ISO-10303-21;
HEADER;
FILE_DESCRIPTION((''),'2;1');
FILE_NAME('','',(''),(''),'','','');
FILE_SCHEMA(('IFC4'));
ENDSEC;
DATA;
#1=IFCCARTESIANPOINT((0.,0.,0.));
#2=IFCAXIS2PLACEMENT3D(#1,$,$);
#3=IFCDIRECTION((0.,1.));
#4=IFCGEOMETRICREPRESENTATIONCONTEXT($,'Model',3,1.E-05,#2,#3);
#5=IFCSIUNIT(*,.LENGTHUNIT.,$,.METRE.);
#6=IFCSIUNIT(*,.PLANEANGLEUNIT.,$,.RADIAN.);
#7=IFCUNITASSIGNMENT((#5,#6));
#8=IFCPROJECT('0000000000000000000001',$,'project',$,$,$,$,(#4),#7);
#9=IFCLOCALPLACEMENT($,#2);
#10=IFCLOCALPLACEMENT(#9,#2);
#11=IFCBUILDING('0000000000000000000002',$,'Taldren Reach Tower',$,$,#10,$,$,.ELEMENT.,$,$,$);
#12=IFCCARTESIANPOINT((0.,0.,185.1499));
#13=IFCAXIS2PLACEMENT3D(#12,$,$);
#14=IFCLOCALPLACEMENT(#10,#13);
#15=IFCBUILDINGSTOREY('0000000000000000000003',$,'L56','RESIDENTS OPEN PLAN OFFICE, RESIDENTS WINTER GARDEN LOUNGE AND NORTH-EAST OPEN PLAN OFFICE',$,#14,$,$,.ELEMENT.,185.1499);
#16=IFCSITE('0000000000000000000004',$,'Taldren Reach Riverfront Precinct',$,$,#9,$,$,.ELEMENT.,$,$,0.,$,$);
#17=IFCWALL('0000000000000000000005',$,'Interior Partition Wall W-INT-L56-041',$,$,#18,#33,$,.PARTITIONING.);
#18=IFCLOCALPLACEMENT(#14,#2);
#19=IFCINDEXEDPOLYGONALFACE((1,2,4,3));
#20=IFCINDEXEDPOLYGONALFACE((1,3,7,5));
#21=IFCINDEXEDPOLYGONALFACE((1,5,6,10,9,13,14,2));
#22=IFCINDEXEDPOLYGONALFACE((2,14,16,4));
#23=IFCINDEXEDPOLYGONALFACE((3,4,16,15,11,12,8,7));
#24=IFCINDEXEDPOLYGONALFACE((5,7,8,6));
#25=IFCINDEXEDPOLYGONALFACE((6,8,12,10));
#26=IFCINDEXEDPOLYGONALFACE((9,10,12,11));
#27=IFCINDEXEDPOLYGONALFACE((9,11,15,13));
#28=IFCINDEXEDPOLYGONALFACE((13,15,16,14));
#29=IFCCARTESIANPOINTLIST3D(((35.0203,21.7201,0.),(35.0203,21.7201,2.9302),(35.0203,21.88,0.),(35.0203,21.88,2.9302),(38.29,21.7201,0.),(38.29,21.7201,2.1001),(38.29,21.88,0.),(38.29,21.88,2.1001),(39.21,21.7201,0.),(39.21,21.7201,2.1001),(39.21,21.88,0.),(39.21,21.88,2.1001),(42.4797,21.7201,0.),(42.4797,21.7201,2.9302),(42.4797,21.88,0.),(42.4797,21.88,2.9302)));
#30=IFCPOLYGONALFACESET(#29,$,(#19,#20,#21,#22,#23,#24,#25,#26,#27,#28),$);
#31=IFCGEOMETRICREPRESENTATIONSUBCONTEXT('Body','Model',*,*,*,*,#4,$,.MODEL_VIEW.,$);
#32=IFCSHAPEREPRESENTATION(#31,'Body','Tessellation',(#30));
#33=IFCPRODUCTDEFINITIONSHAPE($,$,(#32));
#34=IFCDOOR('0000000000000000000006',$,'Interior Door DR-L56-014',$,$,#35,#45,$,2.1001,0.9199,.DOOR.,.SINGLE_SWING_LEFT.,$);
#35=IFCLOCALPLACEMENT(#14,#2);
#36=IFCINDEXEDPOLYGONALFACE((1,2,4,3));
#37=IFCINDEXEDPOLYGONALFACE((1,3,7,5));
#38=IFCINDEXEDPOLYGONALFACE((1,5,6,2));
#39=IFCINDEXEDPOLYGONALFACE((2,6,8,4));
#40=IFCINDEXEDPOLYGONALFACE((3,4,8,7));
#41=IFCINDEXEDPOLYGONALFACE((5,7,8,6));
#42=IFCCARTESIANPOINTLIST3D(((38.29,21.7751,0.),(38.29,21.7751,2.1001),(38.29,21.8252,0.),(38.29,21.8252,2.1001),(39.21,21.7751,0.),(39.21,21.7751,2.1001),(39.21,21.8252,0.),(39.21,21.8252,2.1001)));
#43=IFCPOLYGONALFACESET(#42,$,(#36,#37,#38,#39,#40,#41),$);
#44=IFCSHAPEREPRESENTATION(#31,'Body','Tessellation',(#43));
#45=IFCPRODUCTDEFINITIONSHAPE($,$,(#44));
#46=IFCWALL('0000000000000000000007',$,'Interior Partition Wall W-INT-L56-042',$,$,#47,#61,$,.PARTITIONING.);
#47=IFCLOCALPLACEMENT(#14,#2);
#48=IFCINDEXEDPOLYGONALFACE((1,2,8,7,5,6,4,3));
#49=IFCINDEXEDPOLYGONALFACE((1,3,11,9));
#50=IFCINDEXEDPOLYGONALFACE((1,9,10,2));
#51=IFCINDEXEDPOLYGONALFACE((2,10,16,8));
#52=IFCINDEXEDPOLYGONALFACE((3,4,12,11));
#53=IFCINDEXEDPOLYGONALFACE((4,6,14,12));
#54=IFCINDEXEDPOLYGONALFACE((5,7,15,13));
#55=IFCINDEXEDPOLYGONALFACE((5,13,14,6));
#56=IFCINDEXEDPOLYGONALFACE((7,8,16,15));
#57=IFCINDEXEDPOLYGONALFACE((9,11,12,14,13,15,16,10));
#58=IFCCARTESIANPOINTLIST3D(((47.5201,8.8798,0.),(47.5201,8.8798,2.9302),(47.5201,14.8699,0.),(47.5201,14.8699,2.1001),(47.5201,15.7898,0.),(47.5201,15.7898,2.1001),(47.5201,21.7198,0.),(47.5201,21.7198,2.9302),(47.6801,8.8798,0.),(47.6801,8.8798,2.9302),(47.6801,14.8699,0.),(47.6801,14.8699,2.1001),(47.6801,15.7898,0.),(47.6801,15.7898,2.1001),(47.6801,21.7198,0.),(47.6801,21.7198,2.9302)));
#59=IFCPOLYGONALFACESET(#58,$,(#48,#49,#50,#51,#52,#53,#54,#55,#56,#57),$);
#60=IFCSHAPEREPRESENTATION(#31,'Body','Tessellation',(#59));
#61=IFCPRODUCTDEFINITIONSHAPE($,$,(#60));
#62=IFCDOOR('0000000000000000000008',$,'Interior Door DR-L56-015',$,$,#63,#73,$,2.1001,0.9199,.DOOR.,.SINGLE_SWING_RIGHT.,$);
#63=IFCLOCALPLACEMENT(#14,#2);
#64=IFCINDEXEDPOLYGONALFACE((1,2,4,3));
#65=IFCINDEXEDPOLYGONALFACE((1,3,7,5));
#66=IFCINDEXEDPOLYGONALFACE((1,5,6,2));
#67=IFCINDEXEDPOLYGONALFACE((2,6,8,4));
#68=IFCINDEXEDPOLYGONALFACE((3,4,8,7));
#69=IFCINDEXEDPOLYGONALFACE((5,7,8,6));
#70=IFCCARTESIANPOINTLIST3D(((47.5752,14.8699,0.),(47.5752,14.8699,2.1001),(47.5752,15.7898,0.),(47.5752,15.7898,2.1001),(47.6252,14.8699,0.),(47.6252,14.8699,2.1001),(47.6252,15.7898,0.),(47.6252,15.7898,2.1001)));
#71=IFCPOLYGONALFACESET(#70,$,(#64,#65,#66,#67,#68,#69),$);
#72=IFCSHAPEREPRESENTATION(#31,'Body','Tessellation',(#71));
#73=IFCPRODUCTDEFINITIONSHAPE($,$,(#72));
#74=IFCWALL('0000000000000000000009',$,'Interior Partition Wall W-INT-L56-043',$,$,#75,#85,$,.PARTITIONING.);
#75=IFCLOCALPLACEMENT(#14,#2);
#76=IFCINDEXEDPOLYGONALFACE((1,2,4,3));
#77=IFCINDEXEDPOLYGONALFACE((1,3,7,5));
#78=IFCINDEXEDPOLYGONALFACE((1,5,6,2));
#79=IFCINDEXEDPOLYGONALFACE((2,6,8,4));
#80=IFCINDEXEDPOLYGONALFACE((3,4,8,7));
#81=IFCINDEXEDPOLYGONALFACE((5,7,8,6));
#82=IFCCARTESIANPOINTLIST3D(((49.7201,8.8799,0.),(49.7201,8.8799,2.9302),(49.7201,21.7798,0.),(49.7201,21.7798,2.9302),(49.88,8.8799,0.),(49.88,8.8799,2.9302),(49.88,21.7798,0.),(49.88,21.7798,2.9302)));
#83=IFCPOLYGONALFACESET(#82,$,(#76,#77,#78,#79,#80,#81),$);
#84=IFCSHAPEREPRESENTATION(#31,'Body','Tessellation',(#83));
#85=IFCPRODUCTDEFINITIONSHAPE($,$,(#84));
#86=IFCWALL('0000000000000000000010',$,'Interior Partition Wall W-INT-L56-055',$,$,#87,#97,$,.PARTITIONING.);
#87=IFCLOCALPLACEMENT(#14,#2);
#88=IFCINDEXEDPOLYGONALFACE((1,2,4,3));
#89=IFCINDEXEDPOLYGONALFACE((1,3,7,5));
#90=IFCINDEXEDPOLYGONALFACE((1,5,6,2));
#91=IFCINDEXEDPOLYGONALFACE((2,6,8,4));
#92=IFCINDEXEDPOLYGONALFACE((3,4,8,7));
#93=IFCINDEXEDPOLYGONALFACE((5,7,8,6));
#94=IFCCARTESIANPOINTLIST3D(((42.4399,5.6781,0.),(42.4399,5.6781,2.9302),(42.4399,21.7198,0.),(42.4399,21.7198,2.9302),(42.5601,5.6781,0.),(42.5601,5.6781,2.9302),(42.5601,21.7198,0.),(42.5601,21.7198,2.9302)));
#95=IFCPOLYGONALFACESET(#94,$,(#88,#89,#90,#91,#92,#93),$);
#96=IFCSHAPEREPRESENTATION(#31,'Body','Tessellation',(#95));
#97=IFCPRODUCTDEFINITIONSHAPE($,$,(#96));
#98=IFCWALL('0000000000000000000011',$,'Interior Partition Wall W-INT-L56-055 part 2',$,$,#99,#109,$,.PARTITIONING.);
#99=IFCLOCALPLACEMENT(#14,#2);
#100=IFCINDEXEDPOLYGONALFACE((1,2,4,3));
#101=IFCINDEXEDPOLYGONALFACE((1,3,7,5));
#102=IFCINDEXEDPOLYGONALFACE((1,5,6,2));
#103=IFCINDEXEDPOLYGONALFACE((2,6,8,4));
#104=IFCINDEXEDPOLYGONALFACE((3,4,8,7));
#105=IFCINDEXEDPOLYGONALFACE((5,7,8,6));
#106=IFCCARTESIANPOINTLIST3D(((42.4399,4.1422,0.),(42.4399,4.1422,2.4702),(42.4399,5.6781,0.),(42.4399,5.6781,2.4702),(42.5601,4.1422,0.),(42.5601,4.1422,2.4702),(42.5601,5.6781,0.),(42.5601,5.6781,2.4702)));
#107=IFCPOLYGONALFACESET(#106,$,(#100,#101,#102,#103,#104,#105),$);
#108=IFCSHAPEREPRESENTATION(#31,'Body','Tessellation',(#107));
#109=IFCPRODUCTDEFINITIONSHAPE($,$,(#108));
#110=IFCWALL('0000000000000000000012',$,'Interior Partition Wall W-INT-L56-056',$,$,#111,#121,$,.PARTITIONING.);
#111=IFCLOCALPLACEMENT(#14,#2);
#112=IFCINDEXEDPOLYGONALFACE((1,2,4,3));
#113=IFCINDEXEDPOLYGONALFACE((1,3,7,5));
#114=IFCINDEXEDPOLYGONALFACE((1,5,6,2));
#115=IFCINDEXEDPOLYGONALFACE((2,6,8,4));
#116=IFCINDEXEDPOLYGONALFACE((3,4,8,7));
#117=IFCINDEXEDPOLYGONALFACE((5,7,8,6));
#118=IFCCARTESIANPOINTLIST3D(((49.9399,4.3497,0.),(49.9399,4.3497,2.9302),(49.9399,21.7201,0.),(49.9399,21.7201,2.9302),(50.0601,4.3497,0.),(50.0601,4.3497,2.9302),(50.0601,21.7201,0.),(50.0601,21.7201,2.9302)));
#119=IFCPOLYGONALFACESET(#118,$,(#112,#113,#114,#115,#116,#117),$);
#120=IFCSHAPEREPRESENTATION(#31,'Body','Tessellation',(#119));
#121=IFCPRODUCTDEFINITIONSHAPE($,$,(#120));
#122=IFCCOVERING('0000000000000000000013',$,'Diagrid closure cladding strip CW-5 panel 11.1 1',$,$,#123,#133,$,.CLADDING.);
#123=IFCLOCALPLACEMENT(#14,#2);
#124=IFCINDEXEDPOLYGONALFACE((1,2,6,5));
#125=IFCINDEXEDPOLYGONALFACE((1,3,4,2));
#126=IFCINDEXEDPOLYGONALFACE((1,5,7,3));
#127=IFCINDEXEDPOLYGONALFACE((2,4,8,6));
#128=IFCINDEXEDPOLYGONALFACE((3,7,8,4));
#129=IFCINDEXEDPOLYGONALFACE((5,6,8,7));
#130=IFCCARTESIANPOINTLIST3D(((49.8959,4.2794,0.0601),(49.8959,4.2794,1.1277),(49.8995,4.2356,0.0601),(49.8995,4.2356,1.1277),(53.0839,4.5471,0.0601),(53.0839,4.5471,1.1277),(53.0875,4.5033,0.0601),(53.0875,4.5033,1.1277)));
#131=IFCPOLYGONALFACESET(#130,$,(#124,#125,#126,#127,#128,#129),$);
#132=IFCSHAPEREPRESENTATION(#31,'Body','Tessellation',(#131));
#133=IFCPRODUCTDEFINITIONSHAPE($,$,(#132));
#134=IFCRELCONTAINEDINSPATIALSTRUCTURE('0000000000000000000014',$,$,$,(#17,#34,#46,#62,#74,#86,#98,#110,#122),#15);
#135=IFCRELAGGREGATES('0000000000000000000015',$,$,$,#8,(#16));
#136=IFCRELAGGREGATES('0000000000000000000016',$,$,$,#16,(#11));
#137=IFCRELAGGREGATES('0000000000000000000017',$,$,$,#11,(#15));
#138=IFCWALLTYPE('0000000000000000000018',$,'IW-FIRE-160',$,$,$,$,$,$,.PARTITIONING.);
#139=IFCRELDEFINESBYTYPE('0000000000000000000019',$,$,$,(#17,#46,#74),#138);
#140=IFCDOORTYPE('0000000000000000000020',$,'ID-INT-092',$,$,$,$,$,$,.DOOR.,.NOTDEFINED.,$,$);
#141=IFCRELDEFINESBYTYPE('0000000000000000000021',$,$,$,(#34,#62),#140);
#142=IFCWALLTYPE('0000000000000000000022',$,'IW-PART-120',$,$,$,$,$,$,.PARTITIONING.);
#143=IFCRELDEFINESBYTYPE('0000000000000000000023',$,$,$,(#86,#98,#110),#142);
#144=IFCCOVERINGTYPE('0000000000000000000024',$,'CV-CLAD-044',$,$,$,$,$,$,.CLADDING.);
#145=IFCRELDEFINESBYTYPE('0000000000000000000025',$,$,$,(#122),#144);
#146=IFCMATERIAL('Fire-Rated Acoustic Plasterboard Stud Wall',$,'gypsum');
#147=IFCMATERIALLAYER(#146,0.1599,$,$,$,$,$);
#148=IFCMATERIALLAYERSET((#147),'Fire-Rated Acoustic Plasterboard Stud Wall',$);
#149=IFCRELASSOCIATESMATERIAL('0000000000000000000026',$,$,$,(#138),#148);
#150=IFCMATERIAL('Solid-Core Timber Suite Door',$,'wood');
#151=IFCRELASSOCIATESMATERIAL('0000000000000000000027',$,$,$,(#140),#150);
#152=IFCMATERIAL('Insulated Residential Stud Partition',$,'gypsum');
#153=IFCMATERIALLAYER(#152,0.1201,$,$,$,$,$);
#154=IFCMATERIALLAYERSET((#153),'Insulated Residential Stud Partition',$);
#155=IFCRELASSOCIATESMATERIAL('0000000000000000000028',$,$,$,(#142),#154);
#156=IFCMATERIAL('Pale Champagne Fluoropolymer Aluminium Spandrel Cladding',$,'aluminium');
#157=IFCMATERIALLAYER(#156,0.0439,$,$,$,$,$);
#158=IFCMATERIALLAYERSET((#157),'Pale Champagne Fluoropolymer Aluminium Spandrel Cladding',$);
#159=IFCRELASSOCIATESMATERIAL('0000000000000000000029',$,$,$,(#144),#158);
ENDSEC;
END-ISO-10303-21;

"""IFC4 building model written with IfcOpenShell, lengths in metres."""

from ifc_helpers import new_model, si_unit, direction, frame, frame_2d, origin, origin_2d, place, context, subcontext, project, spatial, rectangle, extrude, source, transform, mapped, material, layer, layer_set, type_object, element, fill, save


model = new_model("IFC4")

# Units and contexts
model_context = context("Model", 3, precision=1e-05, world=origin(), true_north=direction((0.0, 1.0)))
body_context = subcontext(model_context, "Body", "Model", "MODEL_VIEW")
ifc_project = project(units=[si_unit("LENGTHUNIT", "METRE"), si_unit("PLANEANGLEUNIT", "RADIAN")], contexts=[model_context])

# Site, building, storey
site_placement = place(None, origin())
site = spatial("IfcSite", under=ifc_project, at=site_placement, Name="Taldren Reach Riverfront Precinct", CompositionType="ELEMENT", RefElevation=0.0)
building_placement = place(site_placement, origin())
building = spatial("IfcBuilding", under=site, at=building_placement, Name="Taldren Reach Tower", CompositionType="ELEMENT")
storey_placement = place(building_placement, frame((0.0, 0.0, 185.1499)))
storey = spatial("IfcBuildingStorey", under=building, at=storey_placement, Name="L56", Description="RESIDENTS OPEN PLAN OFFICE, RESIDENTS WINTER GARDEN LOUNGE AND NORTH-EAST OPEN PLAN OFFICE", CompositionType="ELEMENT", Elevation=185.1499)

# Shared definitions
ifc_material_1 = material(Name="Fire-Rated Acoustic Plasterboard Stud Wall", Category="gypsum")
ifc_layer_1 = layer(ifc_material_1, 0.1599)
ifc_layer_set_1 = layer_set([ifc_layer_1], Name="Fire-Rated Acoustic Plasterboard Stud Wall")
wall_type_1 = type_object("IfcWallType", Name="IW-FIRE-160", PredefinedType="PARTITIONING", material=ifc_layer_set_1)

# Walls, openings, doors
shared_shape_1 = source(origin(), body_context, "Body", "SweptSolid", [
    extrude(rectangle(XDim=7.4595, YDim=0.1599, at=frame_2d((3.7297, 0.0))), origin(), (0.0, 0.0, 1.0), 2.9302),
])
wall_1_placement = place(storey_placement, frame((42.4797, 21.8, 0.0), z_axis=(0.0, 0.0, 1.0), x_axis=(-1.0, 0.0, 0.0)))
wall_1 = element("IfcWall", 1, at=wall_1_placement, inside=storey, type_object=wall_type_1, Name="Interior Partition Wall W-INT-L56-041", PredefinedType="PARTITIONING", context=body_context, shape_type="MappedRepresentation", body=[
    mapped(shared_shape_1, transform((0.0, 0.0, 0.0), scale=1.0)),
])
shared_shape_2 = source(origin(), body_context, "Body", "SweptSolid", [
    extrude(rectangle(XDim=0.9199, YDim=2.1001, at=frame_2d((0.46, 1.05))), frame((0.0, 0.0898, 0.0), z_axis=(0.0, -1.0, 0.0), x_axis=(1.0, 0.0, 0.0)), (0.0, 0.0, 1.0), 0.1799),
])
opening_1_placement = place(wall_1_placement, frame((3.2698, 0.0, 0.0)))
opening_1 = element("IfcOpeningElement", 2, at=opening_1_placement, cuts=wall_1, PredefinedType="OPENING", context=body_context, shape_type="MappedRepresentation", body=[
    mapped(shared_shape_2, transform((0.0, 0.0, 0.0), scale=1.0)),
])
ifc_material_2 = material(Name="Solid-Core Timber Suite Door", Category="wood")
door_type = type_object("IfcDoorType", Name="ID-INT-092", OperationType="NOTDEFINED", PredefinedType="DOOR", material=ifc_material_2)
shared_shape_3 = source(origin(), body_context, "Body", "SweptSolid", [
    extrude(rectangle(XDim=0.9199, YDim=2.1001, at=frame_2d((0.46, 1.05))), frame((0.0, 0.0249, 0.0), z_axis=(0.0, -1.0, 0.0), x_axis=(1.0, 0.0, 0.0)), (0.0, 0.0, 1.0), 0.05),
])
door_1_placement = place(opening_1_placement, origin())
door_1 = element("IfcDoor", 3, at=door_1_placement, inside=storey, type_object=door_type, Name="Interior Door DR-L56-014", OperationType="SINGLE_SWING_LEFT", OverallHeight=2.1001, OverallWidth=0.9199, PredefinedType="DOOR", context=body_context, shape_type="MappedRepresentation", body=[
    mapped(shared_shape_3, transform((0.0, 0.0, 0.0), scale=1.0)),
])
fill(opening_1, door_1)
shared_shape_4 = source(origin(), body_context, "Body", "SweptSolid", [
    extrude(rectangle(XDim=12.8401, YDim=0.1599, at=frame_2d((6.4199, 0.0))), origin(), (0.0, 0.0, 1.0), 2.9302),
])
wall_2_placement = place(storey_placement, frame((47.6001, 8.8799, 0.0), z_axis=(0.0, 0.0, 1.0), x_axis=(0.0, 1.0, 0.0)))
wall_2 = element("IfcWall", 4, at=wall_2_placement, inside=storey, type_object=wall_type_1, Name="Interior Partition Wall W-INT-L56-042", PredefinedType="PARTITIONING", context=body_context, shape_type="MappedRepresentation", body=[
    mapped(shared_shape_4, transform((0.0, 0.0, 0.0), scale=1.0)),
])
opening_2_placement = place(wall_2_placement, frame((5.99, 0.0, 0.0)))
opening_2 = element("IfcOpeningElement", 5, at=opening_2_placement, cuts=wall_2, PredefinedType="OPENING", context=body_context, shape_type="MappedRepresentation", body=[
    mapped(shared_shape_2, transform((0.0, 0.0, 0.0), scale=1.0)),
])
door_2_placement = place(opening_2_placement, origin())
door_2 = element("IfcDoor", 6, at=door_2_placement, inside=storey, type_object=door_type, Name="Interior Door DR-L56-015", OperationType="SINGLE_SWING_RIGHT", OverallHeight=2.1001, OverallWidth=0.9199, PredefinedType="DOOR", context=body_context, shape_type="MappedRepresentation", body=[
    mapped(shared_shape_3, transform((0.0, 0.0, 0.0), scale=1.0)),
])
fill(opening_2, door_2)

# Walls
shared_shape_5 = source(origin(), body_context, "Body", "SweptSolid", [
    extrude(rectangle(XDim=12.8999, YDim=0.1599, at=frame_2d((6.45, 0.0))), origin(), (0.0, 0.0, 1.0), 2.9302),
])
wall_3_placement = place(storey_placement, frame((49.8, 21.7798, 0.0), z_axis=(0.0, 0.0, 1.0), x_axis=(0.0, -1.0, 0.0)))
element("IfcWall", 7, at=wall_3_placement, inside=storey, type_object=wall_type_1, Name="Interior Partition Wall W-INT-L56-043", PredefinedType="PARTITIONING", context=body_context, shape_type="MappedRepresentation", body=[
    mapped(shared_shape_5, transform((0.0, 0.0, 0.0), scale=1.0)),
])
ifc_material_3 = material(Name="Insulated Residential Stud Partition", Category="gypsum")
ifc_layer_2 = layer(ifc_material_3, 0.1201)
ifc_layer_set_2 = layer_set([ifc_layer_2], Name="Insulated Residential Stud Partition")
wall_type_2 = type_object("IfcWallType", Name="IW-PART-120", PredefinedType="PARTITIONING", material=ifc_layer_set_2)
shared_shape_6 = source(origin(), body_context, "Body", "SweptSolid", [
    extrude(rectangle(XDim=16.0417, YDim=0.1201, at=frame_2d((8.021, 0.0))), origin(), (0.0, 0.0, 1.0), 2.9302),
])
wall_4_placement = place(storey_placement, frame((42.5, 21.72, 0.0), z_axis=(0.0, 0.0, 1.0), x_axis=(0.0, -1.0, 0.0)))
element("IfcWall", 8, at=wall_4_placement, inside=storey, type_object=wall_type_2, Name="Interior Partition Wall W-INT-L56-055", PredefinedType="PARTITIONING", context=body_context, shape_type="MappedRepresentation", body=[
    mapped(shared_shape_6, transform((0.0, 0.0, 0.0), scale=1.0)),
])
shared_shape_7 = source(origin(), body_context, "Body", "SweptSolid", [
    extrude(rectangle(XDim=1.5359, YDim=0.1201, at=frame_2d((0.7681, 0.0))), origin(), (0.0, 0.0, 1.0), 2.4702),
])
wall_5_placement = place(storey_placement, frame((42.5, 5.6782, 0.0), z_axis=(0.0, 0.0, 1.0), x_axis=(0.0, -1.0, 0.0)))
element("IfcWall", 9, at=wall_5_placement, inside=storey, type_object=wall_type_2, Name="Interior Partition Wall W-INT-L56-055 part 2", PredefinedType="PARTITIONING", context=body_context, shape_type="MappedRepresentation", body=[
    mapped(shared_shape_7, transform((0.0, 0.0, 0.0), scale=1.0)),
])
shared_shape_8 = source(origin(), body_context, "Body", "SweptSolid", [
    extrude(rectangle(XDim=17.3704, YDim=0.1201, at=frame_2d((8.6851, 0.0))), origin(), (0.0, 0.0, 1.0), 2.9302),
])
wall_6_placement = place(storey_placement, frame((50.0, 21.72, 0.0), z_axis=(0.0, 0.0, 1.0), x_axis=(0.0, -1.0, 0.0)))
element("IfcWall", 10, at=wall_6_placement, inside=storey, type_object=wall_type_2, Name="Interior Partition Wall W-INT-L56-056", PredefinedType="PARTITIONING", context=body_context, shape_type="MappedRepresentation", body=[
    mapped(shared_shape_8, transform((0.0, 0.0, 0.0), scale=1.0)),
])

# Covering
ifc_material_4 = material(Name="Pale Champagne Fluoropolymer Aluminium Spandrel Cladding", Category="aluminium")
ifc_layer_3 = layer(ifc_material_4, 0.0439)
ifc_layer_set_3 = layer_set([ifc_layer_3], Name="Pale Champagne Fluoropolymer Aluminium Spandrel Cladding")
covering_type = type_object("IfcCoveringType", Name="CV-CLAD-044", PredefinedType="CLADDING", material=ifc_layer_set_3)
shared_shape_9 = source(origin(), body_context, "Body", "SweptSolid", [
    extrude(rectangle(XDim=3.1992, YDim=0.0439, at=origin_2d()), origin(), (0.0, 0.0, 1.0), 1.0676),
])
covering_placement = place(storey_placement, frame((51.4917, 4.3914, 0.0601), z_axis=(0.0, 0.0, 1.0), x_axis=(0.996493, 0.083678, 0.0)))
element("IfcCovering", 11, at=covering_placement, inside=storey, type_object=covering_type, Name="Diagrid closure cladding strip CW-5 panel 11.1 1", PredefinedType="CLADDING", context=body_context, shape_type="MappedRepresentation", body=[
    mapped(shared_shape_9, transform((0.0, 0.0, 0.0), scale=1.0)),
])

save(model, "model.ifc")
